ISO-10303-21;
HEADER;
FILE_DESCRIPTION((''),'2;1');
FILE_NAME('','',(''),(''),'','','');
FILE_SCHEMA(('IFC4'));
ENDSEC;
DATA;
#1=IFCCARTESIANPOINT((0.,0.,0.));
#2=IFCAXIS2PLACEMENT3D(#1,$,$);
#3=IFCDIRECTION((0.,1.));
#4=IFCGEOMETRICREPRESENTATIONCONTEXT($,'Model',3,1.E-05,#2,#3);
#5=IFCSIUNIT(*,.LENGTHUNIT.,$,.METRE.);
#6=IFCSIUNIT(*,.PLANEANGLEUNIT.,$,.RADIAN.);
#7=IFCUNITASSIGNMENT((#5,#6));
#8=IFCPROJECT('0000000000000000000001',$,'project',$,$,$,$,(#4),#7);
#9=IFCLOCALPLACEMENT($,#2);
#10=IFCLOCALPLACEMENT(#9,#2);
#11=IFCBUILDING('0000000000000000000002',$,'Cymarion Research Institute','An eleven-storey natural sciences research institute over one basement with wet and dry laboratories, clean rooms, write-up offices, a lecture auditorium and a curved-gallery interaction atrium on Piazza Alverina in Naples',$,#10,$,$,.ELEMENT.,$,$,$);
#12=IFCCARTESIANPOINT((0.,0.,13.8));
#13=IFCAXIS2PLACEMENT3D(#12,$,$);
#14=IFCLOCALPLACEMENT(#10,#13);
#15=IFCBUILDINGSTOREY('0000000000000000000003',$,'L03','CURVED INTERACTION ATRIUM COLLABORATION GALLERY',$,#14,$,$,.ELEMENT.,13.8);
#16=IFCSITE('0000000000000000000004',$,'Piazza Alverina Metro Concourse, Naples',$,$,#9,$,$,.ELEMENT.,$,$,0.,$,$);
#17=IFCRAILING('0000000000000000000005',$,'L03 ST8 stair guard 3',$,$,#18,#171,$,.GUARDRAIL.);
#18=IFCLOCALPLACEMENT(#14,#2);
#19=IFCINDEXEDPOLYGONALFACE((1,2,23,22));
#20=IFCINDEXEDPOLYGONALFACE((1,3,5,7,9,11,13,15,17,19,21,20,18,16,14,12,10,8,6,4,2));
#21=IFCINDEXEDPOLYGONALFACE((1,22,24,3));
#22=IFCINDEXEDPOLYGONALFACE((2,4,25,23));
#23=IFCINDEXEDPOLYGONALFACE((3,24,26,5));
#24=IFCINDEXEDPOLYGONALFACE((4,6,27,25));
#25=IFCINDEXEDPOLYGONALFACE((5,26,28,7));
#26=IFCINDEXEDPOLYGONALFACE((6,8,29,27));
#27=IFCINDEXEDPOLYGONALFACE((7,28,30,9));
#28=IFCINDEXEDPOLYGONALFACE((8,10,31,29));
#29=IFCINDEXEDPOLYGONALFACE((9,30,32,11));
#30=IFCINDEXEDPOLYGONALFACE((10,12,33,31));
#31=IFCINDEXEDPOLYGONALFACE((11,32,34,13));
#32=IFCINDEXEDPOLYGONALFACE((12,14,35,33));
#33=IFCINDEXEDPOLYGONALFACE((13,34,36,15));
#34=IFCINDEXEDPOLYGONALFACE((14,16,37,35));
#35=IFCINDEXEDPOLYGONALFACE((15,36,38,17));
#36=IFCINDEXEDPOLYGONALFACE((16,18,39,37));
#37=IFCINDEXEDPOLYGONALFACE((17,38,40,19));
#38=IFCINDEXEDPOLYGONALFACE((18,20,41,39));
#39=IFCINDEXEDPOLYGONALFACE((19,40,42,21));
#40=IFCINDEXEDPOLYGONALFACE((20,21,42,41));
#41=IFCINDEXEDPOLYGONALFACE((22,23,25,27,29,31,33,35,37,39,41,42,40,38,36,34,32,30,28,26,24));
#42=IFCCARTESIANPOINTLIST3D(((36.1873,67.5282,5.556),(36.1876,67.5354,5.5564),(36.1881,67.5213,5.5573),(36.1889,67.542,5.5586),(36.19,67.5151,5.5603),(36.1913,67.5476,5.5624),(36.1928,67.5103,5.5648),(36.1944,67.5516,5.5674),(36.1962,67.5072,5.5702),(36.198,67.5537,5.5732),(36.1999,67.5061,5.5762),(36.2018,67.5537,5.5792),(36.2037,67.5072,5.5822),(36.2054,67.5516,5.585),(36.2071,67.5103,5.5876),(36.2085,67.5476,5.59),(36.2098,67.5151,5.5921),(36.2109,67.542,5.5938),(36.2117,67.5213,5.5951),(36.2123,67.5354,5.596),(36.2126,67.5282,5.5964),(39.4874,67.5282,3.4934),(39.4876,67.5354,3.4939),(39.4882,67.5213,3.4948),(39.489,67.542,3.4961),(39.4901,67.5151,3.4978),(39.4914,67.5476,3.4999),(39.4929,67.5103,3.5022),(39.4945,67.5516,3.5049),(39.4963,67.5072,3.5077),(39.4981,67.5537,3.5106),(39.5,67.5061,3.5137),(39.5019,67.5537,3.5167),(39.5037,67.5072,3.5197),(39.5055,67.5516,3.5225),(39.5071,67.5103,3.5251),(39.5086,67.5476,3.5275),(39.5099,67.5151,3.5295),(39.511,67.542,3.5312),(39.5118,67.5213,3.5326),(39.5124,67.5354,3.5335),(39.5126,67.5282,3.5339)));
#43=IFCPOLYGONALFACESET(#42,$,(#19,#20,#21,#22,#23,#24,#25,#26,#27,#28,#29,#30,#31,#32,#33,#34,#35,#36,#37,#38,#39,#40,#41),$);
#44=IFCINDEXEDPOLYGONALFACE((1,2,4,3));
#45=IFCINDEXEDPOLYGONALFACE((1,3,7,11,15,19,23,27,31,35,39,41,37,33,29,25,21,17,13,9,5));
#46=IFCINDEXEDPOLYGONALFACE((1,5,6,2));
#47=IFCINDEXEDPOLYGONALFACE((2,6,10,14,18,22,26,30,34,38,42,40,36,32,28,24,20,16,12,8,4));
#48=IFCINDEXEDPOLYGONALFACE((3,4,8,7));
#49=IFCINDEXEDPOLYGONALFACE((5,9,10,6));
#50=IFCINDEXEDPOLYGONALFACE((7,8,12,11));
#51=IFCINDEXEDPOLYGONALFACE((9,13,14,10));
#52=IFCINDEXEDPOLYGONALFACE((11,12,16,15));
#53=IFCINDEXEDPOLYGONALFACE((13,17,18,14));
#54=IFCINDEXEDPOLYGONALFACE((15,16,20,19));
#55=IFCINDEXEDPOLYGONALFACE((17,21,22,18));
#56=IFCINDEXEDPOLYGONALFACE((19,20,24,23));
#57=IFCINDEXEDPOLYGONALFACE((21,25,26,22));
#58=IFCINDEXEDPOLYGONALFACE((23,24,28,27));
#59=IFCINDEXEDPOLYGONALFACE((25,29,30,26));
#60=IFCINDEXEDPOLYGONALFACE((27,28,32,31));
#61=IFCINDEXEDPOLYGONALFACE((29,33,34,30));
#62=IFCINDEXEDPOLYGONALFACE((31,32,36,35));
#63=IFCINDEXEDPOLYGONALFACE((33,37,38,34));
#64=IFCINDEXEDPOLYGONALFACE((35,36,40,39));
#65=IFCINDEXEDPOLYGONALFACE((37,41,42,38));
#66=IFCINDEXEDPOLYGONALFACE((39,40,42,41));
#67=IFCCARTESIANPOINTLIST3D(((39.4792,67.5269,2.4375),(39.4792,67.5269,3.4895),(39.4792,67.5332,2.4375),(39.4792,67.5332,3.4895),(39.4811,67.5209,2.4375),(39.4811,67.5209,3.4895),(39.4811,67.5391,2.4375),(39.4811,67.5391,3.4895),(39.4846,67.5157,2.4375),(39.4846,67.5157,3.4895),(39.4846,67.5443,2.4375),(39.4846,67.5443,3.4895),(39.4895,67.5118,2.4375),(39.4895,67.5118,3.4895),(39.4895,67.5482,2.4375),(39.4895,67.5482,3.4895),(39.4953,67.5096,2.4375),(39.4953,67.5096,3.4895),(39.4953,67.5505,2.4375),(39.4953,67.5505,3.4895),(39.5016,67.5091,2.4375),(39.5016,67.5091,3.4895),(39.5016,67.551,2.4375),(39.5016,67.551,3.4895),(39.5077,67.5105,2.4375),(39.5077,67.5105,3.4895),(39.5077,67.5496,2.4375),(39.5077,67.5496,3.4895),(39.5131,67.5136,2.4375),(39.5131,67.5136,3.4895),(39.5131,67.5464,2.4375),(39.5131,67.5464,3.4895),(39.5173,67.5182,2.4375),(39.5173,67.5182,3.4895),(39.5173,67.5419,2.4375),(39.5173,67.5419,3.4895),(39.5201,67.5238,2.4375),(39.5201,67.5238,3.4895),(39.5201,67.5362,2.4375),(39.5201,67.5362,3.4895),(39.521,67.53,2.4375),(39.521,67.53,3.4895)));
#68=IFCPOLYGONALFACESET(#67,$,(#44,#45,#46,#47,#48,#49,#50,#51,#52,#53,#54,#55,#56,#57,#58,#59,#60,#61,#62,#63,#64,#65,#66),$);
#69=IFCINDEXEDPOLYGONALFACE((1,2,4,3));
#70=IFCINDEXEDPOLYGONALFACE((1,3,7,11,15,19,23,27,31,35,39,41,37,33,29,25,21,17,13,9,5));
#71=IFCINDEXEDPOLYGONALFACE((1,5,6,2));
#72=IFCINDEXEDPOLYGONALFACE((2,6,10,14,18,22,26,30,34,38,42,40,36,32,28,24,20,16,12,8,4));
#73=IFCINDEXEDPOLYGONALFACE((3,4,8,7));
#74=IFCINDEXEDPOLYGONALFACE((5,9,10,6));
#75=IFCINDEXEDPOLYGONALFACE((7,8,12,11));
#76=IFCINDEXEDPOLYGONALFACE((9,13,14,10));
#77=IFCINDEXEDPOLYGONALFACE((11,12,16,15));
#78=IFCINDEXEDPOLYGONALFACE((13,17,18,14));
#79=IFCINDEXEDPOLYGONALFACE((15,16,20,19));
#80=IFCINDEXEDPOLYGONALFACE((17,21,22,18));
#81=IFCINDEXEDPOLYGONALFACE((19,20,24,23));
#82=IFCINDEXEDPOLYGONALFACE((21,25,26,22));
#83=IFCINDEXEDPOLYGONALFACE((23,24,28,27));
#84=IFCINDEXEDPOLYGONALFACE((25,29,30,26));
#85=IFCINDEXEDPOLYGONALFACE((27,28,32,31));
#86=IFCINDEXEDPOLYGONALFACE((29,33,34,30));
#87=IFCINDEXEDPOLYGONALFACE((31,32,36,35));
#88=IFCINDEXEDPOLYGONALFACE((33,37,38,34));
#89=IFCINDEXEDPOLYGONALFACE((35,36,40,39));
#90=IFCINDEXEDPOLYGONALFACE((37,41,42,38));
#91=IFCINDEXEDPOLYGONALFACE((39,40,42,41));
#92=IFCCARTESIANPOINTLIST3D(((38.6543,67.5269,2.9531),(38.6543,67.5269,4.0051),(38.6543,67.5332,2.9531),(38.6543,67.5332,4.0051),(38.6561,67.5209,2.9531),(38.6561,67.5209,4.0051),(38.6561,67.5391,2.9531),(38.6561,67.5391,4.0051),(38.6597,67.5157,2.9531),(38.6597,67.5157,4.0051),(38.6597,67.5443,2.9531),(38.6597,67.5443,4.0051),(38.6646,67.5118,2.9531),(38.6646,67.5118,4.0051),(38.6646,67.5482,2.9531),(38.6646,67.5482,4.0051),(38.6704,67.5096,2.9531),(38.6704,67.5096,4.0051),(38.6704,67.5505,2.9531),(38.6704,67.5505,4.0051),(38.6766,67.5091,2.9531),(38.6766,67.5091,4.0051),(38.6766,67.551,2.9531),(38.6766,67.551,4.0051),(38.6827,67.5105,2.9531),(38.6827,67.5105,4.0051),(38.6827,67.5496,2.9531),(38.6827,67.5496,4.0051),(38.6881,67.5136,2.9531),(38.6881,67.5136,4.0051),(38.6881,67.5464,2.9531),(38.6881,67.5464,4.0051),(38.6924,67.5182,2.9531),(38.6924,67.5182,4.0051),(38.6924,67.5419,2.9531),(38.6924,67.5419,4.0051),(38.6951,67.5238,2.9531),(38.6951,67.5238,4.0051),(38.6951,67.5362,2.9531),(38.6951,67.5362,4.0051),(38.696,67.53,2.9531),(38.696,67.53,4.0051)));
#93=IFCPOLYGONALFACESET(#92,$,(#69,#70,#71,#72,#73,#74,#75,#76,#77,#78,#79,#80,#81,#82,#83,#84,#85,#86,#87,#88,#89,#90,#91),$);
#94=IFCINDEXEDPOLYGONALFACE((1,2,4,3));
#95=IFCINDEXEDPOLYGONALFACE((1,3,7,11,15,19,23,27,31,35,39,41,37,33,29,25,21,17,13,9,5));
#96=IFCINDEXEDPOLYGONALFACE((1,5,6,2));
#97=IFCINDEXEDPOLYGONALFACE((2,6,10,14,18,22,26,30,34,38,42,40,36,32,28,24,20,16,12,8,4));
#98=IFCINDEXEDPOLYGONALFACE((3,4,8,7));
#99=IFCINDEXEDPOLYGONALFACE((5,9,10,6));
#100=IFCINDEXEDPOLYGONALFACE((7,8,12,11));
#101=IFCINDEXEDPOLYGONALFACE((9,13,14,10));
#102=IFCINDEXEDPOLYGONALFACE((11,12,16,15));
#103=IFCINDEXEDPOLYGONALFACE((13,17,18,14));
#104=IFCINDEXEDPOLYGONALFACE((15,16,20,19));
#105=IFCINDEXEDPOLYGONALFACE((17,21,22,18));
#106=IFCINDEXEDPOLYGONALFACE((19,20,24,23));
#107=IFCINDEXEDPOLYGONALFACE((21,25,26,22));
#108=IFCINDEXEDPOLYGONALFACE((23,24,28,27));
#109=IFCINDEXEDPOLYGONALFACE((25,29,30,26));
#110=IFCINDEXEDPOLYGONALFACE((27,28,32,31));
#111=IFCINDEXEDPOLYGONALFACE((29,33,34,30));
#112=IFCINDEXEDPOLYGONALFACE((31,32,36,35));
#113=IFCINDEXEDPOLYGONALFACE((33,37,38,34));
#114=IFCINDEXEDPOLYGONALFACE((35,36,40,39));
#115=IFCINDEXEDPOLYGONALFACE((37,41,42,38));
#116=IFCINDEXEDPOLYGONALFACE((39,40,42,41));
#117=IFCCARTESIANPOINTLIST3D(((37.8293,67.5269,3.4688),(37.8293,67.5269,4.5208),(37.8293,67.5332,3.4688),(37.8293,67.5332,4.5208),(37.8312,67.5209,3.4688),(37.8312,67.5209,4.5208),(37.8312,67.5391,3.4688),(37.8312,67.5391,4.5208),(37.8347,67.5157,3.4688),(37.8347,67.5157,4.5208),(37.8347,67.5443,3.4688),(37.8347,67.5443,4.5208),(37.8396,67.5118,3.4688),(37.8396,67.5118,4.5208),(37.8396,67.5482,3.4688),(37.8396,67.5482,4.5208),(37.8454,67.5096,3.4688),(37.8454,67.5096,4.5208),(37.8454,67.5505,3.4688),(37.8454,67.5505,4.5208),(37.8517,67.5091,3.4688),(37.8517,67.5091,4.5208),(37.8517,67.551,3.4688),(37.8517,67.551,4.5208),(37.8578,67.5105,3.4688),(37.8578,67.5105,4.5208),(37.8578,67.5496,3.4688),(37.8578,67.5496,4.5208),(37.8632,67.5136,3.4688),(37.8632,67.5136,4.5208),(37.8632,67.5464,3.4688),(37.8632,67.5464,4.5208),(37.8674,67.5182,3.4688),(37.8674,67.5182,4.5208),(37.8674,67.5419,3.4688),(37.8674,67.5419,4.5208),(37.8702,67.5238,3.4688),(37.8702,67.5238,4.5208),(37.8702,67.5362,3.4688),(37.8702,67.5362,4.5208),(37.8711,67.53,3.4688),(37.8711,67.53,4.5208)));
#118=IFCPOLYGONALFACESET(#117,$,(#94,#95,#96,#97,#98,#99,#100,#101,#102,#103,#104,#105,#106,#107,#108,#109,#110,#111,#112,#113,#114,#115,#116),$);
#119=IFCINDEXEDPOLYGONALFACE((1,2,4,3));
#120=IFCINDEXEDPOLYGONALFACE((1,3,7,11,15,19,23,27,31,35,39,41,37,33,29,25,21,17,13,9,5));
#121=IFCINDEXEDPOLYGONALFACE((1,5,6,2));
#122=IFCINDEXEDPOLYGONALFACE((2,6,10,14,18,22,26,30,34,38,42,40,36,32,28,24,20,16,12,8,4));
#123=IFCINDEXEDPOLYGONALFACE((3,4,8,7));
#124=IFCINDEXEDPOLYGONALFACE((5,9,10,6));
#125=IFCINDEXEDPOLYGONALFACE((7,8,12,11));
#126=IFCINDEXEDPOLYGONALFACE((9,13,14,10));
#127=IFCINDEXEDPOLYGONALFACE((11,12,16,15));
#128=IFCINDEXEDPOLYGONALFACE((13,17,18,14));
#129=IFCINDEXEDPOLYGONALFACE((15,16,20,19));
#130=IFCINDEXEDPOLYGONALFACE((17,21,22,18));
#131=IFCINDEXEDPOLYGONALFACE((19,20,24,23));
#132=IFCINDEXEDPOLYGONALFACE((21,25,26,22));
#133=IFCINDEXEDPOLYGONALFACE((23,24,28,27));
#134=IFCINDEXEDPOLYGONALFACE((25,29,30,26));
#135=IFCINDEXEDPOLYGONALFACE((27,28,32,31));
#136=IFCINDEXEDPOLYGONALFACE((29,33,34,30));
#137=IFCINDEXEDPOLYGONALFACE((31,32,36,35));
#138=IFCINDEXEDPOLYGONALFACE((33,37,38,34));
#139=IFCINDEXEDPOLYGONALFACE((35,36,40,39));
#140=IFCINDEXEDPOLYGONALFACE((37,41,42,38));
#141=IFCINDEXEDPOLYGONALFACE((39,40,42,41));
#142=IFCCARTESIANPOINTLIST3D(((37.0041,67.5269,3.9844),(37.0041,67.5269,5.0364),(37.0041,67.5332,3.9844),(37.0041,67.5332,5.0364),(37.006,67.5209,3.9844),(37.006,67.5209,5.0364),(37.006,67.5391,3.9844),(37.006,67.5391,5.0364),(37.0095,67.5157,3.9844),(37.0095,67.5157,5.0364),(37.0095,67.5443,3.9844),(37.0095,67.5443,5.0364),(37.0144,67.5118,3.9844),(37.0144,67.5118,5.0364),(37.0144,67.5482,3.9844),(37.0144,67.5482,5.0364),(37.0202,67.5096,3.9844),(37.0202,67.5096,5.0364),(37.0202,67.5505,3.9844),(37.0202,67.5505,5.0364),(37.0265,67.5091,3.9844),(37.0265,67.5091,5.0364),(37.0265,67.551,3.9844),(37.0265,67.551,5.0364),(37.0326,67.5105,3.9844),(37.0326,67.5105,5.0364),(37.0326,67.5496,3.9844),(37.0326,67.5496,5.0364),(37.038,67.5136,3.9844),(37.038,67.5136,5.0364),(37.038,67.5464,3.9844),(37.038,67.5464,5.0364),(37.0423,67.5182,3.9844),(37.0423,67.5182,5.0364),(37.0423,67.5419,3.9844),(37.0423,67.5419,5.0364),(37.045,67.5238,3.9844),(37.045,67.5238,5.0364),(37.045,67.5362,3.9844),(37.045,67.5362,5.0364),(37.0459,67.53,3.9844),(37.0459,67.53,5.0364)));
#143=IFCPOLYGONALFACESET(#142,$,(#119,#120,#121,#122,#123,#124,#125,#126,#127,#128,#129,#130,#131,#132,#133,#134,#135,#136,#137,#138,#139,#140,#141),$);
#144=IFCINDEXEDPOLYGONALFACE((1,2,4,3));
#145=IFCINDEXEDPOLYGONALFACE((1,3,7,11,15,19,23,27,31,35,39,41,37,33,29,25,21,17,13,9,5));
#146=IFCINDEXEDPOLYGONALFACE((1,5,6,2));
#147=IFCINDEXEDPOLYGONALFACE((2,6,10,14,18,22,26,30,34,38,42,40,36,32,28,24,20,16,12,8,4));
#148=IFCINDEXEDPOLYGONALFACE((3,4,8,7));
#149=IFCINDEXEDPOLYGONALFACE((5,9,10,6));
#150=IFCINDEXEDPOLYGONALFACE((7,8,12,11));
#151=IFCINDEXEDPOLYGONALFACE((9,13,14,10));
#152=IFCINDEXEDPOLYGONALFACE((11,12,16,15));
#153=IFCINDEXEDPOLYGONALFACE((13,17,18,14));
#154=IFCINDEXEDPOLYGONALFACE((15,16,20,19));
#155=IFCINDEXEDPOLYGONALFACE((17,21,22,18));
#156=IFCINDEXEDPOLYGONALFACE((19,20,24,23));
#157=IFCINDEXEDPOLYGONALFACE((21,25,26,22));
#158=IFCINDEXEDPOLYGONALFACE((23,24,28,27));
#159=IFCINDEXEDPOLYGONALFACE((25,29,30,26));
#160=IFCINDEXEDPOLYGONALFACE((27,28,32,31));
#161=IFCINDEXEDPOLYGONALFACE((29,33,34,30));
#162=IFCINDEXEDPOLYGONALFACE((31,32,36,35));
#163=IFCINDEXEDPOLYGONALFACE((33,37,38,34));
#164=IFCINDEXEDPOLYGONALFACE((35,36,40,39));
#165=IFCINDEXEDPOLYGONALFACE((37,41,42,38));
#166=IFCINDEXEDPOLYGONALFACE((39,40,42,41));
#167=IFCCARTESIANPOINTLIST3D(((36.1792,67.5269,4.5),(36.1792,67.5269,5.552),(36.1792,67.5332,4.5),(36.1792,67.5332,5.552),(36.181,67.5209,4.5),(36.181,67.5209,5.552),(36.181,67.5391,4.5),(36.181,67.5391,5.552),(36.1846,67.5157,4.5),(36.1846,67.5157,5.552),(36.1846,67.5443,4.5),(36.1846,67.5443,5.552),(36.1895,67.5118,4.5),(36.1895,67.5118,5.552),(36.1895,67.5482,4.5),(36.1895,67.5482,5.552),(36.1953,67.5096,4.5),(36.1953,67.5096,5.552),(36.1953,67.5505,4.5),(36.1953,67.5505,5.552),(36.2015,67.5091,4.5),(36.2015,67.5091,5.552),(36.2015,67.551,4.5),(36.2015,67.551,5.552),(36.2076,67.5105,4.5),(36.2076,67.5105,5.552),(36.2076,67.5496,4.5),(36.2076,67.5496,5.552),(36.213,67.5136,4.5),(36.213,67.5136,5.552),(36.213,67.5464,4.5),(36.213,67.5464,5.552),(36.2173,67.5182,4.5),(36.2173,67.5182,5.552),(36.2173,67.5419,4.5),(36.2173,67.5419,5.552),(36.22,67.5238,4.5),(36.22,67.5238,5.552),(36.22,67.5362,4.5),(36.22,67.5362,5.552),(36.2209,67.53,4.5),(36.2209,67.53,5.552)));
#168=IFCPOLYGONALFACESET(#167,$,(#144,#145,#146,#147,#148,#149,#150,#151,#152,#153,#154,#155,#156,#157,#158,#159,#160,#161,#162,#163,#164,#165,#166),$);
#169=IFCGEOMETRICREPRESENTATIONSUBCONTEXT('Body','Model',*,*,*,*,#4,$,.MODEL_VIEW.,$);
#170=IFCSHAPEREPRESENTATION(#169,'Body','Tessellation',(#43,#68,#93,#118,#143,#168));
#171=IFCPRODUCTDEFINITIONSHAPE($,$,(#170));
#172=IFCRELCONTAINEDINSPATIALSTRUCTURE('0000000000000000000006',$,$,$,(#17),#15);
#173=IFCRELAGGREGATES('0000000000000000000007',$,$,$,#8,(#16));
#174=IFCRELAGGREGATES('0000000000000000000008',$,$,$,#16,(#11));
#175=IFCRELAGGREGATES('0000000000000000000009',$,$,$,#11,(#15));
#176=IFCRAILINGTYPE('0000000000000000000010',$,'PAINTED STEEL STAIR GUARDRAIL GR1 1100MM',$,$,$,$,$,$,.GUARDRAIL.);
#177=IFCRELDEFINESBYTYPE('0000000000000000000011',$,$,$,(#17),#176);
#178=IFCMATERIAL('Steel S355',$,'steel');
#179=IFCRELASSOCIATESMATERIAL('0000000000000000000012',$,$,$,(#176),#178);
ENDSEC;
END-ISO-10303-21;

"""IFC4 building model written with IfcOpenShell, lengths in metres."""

from ifc_helpers import new_model, si_unit, direction, frame, origin, origin_2d, place, context, subcontext, project, spatial, circle, extrude, material, type_object, element, save


model = new_model("IFC4")

# Units and contexts
model_context = context("Model", 3, precision=1e-05, world=origin(), true_north=direction((0.0, 1.0)))
body_context = subcontext(model_context, "Body", "Model", "MODEL_VIEW")
ifc_project = project(units=[si_unit("LENGTHUNIT", "METRE"), si_unit("PLANEANGLEUNIT", "RADIAN")], contexts=[model_context])

# Site, building, storey
site_placement = place(None, origin())
site = spatial("IfcSite", under=ifc_project, at=site_placement, Name="Piazza Alverina Metro Concourse, Naples", CompositionType="ELEMENT", RefElevation=0.0)
building_placement = place(site_placement, origin())
building = spatial("IfcBuilding", under=site, at=building_placement, Name="Cymarion Research Institute", Description="An eleven-storey natural sciences research institute over one basement with wet and dry laboratories, clean rooms, write-up offices, a lecture auditorium and a curved-gallery interaction atrium on Piazza Alverina in Naples", CompositionType="ELEMENT")
storey_placement = place(building_placement, frame((0.0, 0.0, 13.8)))
storey = spatial("IfcBuildingStorey", under=building, at=storey_placement, Name="L03", Description="CURVED INTERACTION ATRIUM COLLABORATION GALLERY", CompositionType="ELEMENT", Elevation=13.8)

# Shared definitions
ifc_material_1 = material(Name="Steel S355", Category="steel")

# Railing
railing_type_1 = type_object("IfcRailingType", Name="PAINTED STEEL STAIR GUARDRAIL GR1 1100MM", PredefinedType="GUARDRAIL", material=ifc_material_1)
railing_1_placement = place(storey_placement, frame((39.5, 67.53, 2.4375)))
element("IfcRailing", 1, at=railing_1_placement, inside=storey, type_object=railing_type_1, Name="L03 ST8 stair guard 3", PredefinedType="GUARDRAIL", context=body_context, shape_type="SweptSolid", body=[
    extrude(circle(Radius=0.0239, at=origin_2d()), frame((0.0, 0.0, 1.0762), z_axis=(-0.848002, 0.0, 0.529993), x_axis=(0.0, -1.0, 0.0)), (0.0, 0.0, 1.0), 3.8916),
    extrude(circle(Radius=0.021, at=origin_2d()), origin(), (0.0, 0.0, 1.0), 1.052),
    extrude(circle(Radius=0.021, at=origin_2d()), frame((-0.825, 0.0, 0.5156)), (0.0, 0.0, 1.0), 1.052),
    extrude(circle(Radius=0.021, at=origin_2d()), frame((-1.6499, 0.0, 1.0312)), (0.0, 0.0, 1.0), 1.052),
    extrude(circle(Radius=0.021, at=origin_2d()), frame((-2.4751, 0.0, 1.5469)), (0.0, 0.0, 1.0), 1.052),
    extrude(circle(Radius=0.021, at=origin_2d()), frame((-3.3, 0.0, 2.0625)), (0.0, 0.0, 1.0), 1.052),
])

save(model, "model.ifc")
